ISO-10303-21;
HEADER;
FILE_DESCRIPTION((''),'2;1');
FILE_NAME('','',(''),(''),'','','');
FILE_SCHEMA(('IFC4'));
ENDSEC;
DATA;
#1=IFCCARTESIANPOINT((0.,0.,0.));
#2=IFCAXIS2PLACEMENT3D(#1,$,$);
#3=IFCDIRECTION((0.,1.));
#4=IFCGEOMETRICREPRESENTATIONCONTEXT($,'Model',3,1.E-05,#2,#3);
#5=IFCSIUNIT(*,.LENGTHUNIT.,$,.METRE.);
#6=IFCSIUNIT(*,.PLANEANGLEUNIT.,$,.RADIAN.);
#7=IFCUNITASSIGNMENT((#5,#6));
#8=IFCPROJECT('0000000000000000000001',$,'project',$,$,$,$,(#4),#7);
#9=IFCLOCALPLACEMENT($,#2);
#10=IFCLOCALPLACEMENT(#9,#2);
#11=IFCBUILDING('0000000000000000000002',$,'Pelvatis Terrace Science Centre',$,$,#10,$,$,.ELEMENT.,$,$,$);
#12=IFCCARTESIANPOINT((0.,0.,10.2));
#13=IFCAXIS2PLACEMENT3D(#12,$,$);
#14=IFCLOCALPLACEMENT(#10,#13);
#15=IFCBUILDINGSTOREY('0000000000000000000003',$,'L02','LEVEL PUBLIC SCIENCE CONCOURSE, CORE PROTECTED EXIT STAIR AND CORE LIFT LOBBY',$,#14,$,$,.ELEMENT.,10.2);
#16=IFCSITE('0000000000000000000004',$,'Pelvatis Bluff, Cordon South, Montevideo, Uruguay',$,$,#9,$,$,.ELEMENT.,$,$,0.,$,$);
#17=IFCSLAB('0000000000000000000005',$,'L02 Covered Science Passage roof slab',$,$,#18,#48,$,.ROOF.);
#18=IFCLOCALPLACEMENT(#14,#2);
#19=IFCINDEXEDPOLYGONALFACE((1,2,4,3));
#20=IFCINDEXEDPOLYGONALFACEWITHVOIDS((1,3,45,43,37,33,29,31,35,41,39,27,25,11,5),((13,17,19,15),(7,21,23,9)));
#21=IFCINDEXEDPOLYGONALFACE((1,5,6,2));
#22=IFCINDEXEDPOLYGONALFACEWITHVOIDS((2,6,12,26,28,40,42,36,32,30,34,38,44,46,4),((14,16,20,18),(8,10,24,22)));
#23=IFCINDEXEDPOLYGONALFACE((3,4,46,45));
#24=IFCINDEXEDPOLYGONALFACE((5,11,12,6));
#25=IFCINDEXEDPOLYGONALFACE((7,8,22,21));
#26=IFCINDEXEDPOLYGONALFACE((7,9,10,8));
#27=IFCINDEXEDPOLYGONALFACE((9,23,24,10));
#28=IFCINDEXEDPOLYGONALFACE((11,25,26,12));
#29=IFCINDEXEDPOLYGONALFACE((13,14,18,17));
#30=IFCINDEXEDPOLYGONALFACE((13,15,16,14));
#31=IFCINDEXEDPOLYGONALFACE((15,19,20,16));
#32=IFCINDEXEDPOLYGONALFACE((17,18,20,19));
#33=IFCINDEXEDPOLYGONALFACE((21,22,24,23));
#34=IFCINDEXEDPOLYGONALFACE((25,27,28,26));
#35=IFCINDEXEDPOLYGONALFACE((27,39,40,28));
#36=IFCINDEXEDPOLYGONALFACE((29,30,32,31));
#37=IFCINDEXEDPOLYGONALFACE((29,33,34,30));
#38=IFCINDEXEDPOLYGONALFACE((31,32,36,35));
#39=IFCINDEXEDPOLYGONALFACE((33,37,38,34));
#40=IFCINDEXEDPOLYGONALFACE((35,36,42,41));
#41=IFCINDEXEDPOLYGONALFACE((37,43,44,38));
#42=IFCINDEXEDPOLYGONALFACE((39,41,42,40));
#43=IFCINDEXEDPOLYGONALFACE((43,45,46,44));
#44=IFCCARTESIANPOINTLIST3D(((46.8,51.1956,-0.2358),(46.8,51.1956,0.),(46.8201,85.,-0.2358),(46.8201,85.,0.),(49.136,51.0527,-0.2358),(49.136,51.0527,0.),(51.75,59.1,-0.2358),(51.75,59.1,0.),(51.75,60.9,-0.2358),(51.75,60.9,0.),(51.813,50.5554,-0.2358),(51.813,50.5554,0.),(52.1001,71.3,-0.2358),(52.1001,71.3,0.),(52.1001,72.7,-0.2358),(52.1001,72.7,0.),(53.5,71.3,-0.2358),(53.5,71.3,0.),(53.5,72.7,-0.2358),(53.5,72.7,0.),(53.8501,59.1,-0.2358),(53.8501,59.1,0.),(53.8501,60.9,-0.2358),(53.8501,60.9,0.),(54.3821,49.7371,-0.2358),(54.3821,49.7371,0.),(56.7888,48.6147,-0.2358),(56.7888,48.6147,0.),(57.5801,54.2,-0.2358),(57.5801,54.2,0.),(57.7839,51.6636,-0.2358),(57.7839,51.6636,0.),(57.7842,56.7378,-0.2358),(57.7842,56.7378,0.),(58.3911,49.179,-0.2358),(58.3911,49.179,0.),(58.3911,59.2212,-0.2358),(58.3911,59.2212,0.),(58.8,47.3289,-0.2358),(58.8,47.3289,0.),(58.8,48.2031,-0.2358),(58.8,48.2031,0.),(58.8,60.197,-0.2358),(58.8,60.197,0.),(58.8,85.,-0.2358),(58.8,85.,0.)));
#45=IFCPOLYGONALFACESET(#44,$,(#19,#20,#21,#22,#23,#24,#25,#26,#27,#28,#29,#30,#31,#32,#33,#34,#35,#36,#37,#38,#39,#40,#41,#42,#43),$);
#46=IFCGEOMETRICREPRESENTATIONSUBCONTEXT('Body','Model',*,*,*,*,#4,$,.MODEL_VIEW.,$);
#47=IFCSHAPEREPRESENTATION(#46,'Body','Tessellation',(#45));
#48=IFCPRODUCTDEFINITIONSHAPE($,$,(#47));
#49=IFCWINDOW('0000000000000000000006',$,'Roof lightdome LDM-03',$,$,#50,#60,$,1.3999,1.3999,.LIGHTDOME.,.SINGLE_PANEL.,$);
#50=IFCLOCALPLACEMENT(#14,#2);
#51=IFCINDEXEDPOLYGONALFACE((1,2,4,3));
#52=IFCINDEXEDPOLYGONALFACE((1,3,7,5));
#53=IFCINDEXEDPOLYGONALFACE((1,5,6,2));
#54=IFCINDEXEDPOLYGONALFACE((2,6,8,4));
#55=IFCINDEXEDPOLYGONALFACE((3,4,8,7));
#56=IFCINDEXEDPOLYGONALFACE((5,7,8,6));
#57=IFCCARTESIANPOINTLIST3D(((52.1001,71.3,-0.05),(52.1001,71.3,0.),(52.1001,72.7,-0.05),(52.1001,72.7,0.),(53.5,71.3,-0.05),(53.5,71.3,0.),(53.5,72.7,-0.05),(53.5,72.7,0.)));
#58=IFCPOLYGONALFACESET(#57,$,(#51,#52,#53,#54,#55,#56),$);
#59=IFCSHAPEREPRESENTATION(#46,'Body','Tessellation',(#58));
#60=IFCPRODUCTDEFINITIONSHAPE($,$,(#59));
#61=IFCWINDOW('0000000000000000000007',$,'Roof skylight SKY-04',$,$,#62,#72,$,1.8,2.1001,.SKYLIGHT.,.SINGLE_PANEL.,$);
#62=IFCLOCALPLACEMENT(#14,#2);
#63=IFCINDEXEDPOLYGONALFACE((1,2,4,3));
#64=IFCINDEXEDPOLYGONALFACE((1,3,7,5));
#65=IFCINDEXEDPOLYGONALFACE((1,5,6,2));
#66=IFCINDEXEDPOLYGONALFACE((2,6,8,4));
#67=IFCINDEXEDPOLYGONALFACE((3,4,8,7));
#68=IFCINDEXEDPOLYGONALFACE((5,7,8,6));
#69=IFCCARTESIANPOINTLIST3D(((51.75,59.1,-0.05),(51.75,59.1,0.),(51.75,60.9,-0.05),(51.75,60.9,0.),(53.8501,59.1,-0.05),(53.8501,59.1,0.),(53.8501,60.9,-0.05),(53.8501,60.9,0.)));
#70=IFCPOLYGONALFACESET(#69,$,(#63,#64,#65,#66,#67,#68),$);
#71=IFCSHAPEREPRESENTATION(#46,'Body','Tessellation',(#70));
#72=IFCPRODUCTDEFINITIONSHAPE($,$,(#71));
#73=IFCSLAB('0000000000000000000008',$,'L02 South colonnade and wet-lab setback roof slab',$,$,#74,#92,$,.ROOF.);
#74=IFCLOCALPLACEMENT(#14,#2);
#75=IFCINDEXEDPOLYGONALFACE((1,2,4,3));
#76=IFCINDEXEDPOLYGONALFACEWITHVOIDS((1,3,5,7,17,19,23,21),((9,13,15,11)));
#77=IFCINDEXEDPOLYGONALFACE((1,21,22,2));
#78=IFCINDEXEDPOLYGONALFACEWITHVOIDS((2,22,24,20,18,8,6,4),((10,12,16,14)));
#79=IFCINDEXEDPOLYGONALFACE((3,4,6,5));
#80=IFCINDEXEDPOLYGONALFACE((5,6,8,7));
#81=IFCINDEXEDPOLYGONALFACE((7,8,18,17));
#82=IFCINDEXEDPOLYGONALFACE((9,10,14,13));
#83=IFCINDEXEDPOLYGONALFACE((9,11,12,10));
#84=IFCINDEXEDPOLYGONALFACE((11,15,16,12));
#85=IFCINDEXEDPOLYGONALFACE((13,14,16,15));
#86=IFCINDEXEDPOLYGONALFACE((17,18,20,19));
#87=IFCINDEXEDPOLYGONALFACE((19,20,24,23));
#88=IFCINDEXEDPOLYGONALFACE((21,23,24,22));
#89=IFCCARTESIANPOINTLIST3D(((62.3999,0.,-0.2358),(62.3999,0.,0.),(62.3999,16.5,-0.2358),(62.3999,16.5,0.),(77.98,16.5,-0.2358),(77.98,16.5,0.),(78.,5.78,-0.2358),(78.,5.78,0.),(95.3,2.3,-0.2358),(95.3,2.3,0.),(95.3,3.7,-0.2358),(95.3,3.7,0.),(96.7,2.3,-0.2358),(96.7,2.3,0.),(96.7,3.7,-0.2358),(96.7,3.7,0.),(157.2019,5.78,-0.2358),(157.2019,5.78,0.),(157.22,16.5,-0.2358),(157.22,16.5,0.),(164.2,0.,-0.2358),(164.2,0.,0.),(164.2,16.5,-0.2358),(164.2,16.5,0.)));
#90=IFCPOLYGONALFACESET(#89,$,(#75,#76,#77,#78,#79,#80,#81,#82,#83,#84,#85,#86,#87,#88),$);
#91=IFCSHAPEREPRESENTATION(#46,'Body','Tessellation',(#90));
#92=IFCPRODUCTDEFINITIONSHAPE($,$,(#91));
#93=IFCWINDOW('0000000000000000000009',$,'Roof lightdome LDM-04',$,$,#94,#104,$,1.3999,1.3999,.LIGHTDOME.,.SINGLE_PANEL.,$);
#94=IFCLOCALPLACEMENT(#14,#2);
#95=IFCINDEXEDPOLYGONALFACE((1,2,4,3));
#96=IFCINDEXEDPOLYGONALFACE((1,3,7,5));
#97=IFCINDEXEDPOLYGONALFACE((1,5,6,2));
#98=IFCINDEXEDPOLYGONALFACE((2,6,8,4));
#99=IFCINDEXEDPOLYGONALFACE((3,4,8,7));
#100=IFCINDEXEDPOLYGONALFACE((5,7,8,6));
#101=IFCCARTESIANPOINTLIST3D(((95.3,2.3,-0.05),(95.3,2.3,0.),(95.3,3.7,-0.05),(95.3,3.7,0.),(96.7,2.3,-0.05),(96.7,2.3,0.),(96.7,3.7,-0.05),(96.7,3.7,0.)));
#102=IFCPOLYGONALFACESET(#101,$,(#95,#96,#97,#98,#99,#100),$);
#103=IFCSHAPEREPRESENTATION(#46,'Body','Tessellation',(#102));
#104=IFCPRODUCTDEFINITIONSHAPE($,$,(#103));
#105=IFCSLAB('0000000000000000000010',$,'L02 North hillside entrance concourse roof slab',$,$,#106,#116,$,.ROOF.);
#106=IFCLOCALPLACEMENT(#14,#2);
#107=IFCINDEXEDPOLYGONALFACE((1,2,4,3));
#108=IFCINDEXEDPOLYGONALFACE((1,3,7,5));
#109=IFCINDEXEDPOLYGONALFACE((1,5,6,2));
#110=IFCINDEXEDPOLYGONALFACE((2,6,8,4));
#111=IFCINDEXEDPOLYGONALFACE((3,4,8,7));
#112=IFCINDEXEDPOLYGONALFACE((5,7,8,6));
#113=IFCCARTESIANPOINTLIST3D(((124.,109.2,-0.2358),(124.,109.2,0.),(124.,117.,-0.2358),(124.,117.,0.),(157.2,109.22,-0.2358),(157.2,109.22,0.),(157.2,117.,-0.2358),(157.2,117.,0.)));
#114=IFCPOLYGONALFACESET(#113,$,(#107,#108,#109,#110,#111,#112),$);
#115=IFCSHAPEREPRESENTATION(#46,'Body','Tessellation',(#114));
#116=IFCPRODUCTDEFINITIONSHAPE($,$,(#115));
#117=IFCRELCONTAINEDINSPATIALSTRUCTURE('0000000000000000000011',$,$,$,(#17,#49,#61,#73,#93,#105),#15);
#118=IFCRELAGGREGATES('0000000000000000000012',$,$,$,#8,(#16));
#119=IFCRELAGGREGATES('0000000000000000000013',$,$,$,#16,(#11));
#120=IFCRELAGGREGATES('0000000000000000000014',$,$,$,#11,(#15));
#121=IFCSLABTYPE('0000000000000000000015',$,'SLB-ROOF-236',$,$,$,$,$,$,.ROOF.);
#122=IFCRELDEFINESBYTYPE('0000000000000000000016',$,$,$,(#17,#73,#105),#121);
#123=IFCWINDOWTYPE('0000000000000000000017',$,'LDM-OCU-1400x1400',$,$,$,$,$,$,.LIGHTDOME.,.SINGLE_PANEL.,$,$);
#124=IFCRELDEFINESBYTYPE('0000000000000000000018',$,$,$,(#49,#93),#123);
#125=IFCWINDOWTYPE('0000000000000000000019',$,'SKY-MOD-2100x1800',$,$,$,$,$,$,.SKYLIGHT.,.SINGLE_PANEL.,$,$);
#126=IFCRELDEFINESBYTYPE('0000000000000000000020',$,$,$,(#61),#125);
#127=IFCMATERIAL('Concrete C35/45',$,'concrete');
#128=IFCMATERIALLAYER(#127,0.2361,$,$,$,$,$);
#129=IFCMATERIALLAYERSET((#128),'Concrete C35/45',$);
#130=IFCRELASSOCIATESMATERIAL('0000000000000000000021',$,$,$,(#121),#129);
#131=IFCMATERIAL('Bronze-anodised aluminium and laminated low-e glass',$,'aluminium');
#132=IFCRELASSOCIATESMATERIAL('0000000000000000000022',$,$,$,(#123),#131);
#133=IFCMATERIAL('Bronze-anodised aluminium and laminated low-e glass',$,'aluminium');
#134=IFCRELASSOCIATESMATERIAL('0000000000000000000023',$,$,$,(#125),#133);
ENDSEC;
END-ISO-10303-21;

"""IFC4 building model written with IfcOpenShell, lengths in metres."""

from ifc_helpers import new_model, si_unit, direction, frame, origin, origin_2d, place, context, subcontext, project, spatial, polyline, rectangle, outline, extrude, material, layer, layer_set, type_object, element, fill, save


model = new_model("IFC4")

# Units and contexts
model_context = context("Model", 3, precision=1e-05, world=origin(), true_north=direction((0.0, 1.0)))
body_context = subcontext(model_context, "Body", "Model", "MODEL_VIEW")
ifc_project = project(units=[si_unit("LENGTHUNIT", "METRE"), si_unit("PLANEANGLEUNIT", "RADIAN")], contexts=[model_context])

# Site, building, storey
site_placement = place(None, origin())
site = spatial("IfcSite", under=ifc_project, at=site_placement, Name="Pelvatis Bluff, Cordon South, Montevideo, Uruguay", CompositionType="ELEMENT", RefElevation=0.0)
building_placement = place(site_placement, origin())
building = spatial("IfcBuilding", under=site, at=building_placement, Name="Pelvatis Terrace Science Centre", CompositionType="ELEMENT")
storey_placement = place(building_placement, frame((0.0, 0.0, 10.2)))
storey = spatial("IfcBuildingStorey", under=building, at=storey_placement, Name="L02", Description="LEVEL PUBLIC SCIENCE CONCOURSE, CORE PROTECTED EXIT STAIR AND CORE LIFT LOBBY", CompositionType="ELEMENT", Elevation=10.2)

# Slab, openings, windows
ifc_material_1 = material(Name="Concrete C35/45", Category="concrete")
ifc_layer_1 = layer(ifc_material_1, 0.2361)
ifc_layer_set_1 = layer_set([ifc_layer_1], Name="Concrete C35/45")
slab_type_1 = type_object("IfcSlabType", Name="SLB-ROOF-236", PredefinedType="ROOF", material=ifc_layer_set_1)
slab_1_placement = place(storey_placement, frame((0.0, 0.0, -0.2358)))
slab_1 = element("IfcSlab", 1, at=slab_1_placement, inside=storey, type_object=slab_type_1, Name="L02 Covered Science Passage roof slab", PredefinedType="ROOF", context=body_context, shape_type="SweptSolid", body=[
    extrude(outline(polyline([(46.8, 51.1956), (46.8201, 85.0), (58.8, 85.0), (58.8, 60.197), (58.3911, 59.2212), (57.7842, 56.7378), (57.5801, 54.2), (57.7839, 51.6636), (58.3911, 49.179), (58.8, 48.2031), (58.8, 47.3289), (56.7888, 48.6147), (54.3821, 49.7371), (51.813, 50.5554), (49.136, 51.0527), (46.8, 51.1956)])), origin(), (0.0, 0.0, 1.0), 0.2358),
])
opening_1_placement = place(slab_1_placement, frame((52.8, 60.0, 0.0)))
opening_1 = element("IfcOpeningElement", 2, at=opening_1_placement, cuts=slab_1, PredefinedType="OPENING", context=body_context, shape_type="SweptSolid", body=[
    extrude(rectangle(XDim=2.1001, YDim=1.8, at=origin_2d()), origin(), (0.0, 0.0, 1.0), 0.2358),
])
opening_2_placement = place(slab_1_placement, frame((52.8, 72.0, 0.0)))
opening_2 = element("IfcOpeningElement", 3, at=opening_2_placement, cuts=slab_1, PredefinedType="OPENING", context=body_context, shape_type="SweptSolid", body=[
    extrude(rectangle(XDim=1.3999, YDim=1.3999, at=origin_2d()), origin(), (0.0, 0.0, 1.0), 0.2358),
])
ifc_material_2 = material(Name="Bronze-anodised aluminium and laminated low-e glass", Category="aluminium")
window_type_1 = type_object("IfcWindowType", Name="LDM-OCU-1400x1400", PartitioningType="SINGLE_PANEL", PredefinedType="LIGHTDOME", material=ifc_material_2)
window_1_placement = place(opening_2_placement, frame((0.0, 0.0, 0.1858)))
window_1 = element("IfcWindow", 4, at=window_1_placement, inside=storey, type_object=window_type_1, Name="Roof lightdome LDM-03", OverallHeight=1.3999, OverallWidth=1.3999, PartitioningType="SINGLE_PANEL", PredefinedType="LIGHTDOME", context=body_context, shape_type="SweptSolid", body=[
    extrude(rectangle(XDim=1.3999, YDim=1.3999, at=origin_2d()), origin(), (0.0, 0.0, 1.0), 0.05),
])
fill(opening_2, window_1)
ifc_material_3 = material(Name="Bronze-anodised aluminium and laminated low-e glass", Category="aluminium")
window_type_2 = type_object("IfcWindowType", Name="SKY-MOD-2100x1800", PartitioningType="SINGLE_PANEL", PredefinedType="SKYLIGHT", material=ifc_material_3)
window_2_placement = place(opening_1_placement, frame((0.0, 0.0, 0.1858)))
window_2 = element("IfcWindow", 5, at=window_2_placement, inside=storey, type_object=window_type_2, Name="Roof skylight SKY-04", OverallHeight=1.8, OverallWidth=2.1001, PartitioningType="SINGLE_PANEL", PredefinedType="SKYLIGHT", context=body_context, shape_type="SweptSolid", body=[
    extrude(rectangle(XDim=2.1001, YDim=1.8, at=origin_2d()), origin(), (0.0, 0.0, 1.0), 0.05),
])
fill(opening_1, window_2)

# Slab, opening, window
slab_2_placement = place(storey_placement, frame((0.0, 0.0, -0.2358)))
slab_2 = element("IfcSlab", 6, at=slab_2_placement, inside=storey, type_object=slab_type_1, Name="L02 South colonnade and wet-lab setback roof slab", PredefinedType="ROOF", context=body_context, shape_type="SweptSolid", body=[
    extrude(outline(polyline([(62.3999, 16.5), (77.98, 16.5), (78.0, 5.78), (157.2019, 5.78), (157.22, 16.5), (164.2, 16.5), (164.2, 0.0), (62.3999, 0.0), (62.3999, 16.5)])), origin(), (0.0, 0.0, 1.0), 0.2358),
])
opening_3_placement = place(slab_2_placement, frame((96.0, 3.0, 0.0)))
opening_3 = element("IfcOpeningElement", 7, at=opening_3_placement, cuts=slab_2, PredefinedType="OPENING", context=body_context, shape_type="SweptSolid", body=[
    extrude(rectangle(XDim=1.3999, YDim=1.3999, at=origin_2d()), origin(), (0.0, 0.0, 1.0), 0.2358),
])
window_3_placement = place(opening_3_placement, frame((0.0, 0.0, 0.1858)))
window_3 = element("IfcWindow", 8, at=window_3_placement, inside=storey, type_object=window_type_1, Name="Roof lightdome LDM-04", OverallHeight=1.3999, OverallWidth=1.3999, PartitioningType="SINGLE_PANEL", PredefinedType="LIGHTDOME", context=body_context, shape_type="SweptSolid", body=[
    extrude(rectangle(XDim=1.3999, YDim=1.3999, at=origin_2d()), origin(), (0.0, 0.0, 1.0), 0.05),
])
fill(opening_3, window_3)

# Slab
slab_3_placement = place(storey_placement, frame((0.0, 0.0, -0.2358)))
element("IfcSlab", 9, at=slab_3_placement, inside=storey, type_object=slab_type_1, Name="L02 North hillside entrance concourse roof slab", PredefinedType="ROOF", context=body_context, shape_type="SweptSolid", body=[
    extrude(outline(polyline([(124.0, 117.0), (157.2, 117.0), (157.2, 109.22), (124.0, 109.2), (124.0, 117.0)])), origin(), (0.0, 0.0, 1.0), 0.2358),
])

save(model, "model.ifc")
